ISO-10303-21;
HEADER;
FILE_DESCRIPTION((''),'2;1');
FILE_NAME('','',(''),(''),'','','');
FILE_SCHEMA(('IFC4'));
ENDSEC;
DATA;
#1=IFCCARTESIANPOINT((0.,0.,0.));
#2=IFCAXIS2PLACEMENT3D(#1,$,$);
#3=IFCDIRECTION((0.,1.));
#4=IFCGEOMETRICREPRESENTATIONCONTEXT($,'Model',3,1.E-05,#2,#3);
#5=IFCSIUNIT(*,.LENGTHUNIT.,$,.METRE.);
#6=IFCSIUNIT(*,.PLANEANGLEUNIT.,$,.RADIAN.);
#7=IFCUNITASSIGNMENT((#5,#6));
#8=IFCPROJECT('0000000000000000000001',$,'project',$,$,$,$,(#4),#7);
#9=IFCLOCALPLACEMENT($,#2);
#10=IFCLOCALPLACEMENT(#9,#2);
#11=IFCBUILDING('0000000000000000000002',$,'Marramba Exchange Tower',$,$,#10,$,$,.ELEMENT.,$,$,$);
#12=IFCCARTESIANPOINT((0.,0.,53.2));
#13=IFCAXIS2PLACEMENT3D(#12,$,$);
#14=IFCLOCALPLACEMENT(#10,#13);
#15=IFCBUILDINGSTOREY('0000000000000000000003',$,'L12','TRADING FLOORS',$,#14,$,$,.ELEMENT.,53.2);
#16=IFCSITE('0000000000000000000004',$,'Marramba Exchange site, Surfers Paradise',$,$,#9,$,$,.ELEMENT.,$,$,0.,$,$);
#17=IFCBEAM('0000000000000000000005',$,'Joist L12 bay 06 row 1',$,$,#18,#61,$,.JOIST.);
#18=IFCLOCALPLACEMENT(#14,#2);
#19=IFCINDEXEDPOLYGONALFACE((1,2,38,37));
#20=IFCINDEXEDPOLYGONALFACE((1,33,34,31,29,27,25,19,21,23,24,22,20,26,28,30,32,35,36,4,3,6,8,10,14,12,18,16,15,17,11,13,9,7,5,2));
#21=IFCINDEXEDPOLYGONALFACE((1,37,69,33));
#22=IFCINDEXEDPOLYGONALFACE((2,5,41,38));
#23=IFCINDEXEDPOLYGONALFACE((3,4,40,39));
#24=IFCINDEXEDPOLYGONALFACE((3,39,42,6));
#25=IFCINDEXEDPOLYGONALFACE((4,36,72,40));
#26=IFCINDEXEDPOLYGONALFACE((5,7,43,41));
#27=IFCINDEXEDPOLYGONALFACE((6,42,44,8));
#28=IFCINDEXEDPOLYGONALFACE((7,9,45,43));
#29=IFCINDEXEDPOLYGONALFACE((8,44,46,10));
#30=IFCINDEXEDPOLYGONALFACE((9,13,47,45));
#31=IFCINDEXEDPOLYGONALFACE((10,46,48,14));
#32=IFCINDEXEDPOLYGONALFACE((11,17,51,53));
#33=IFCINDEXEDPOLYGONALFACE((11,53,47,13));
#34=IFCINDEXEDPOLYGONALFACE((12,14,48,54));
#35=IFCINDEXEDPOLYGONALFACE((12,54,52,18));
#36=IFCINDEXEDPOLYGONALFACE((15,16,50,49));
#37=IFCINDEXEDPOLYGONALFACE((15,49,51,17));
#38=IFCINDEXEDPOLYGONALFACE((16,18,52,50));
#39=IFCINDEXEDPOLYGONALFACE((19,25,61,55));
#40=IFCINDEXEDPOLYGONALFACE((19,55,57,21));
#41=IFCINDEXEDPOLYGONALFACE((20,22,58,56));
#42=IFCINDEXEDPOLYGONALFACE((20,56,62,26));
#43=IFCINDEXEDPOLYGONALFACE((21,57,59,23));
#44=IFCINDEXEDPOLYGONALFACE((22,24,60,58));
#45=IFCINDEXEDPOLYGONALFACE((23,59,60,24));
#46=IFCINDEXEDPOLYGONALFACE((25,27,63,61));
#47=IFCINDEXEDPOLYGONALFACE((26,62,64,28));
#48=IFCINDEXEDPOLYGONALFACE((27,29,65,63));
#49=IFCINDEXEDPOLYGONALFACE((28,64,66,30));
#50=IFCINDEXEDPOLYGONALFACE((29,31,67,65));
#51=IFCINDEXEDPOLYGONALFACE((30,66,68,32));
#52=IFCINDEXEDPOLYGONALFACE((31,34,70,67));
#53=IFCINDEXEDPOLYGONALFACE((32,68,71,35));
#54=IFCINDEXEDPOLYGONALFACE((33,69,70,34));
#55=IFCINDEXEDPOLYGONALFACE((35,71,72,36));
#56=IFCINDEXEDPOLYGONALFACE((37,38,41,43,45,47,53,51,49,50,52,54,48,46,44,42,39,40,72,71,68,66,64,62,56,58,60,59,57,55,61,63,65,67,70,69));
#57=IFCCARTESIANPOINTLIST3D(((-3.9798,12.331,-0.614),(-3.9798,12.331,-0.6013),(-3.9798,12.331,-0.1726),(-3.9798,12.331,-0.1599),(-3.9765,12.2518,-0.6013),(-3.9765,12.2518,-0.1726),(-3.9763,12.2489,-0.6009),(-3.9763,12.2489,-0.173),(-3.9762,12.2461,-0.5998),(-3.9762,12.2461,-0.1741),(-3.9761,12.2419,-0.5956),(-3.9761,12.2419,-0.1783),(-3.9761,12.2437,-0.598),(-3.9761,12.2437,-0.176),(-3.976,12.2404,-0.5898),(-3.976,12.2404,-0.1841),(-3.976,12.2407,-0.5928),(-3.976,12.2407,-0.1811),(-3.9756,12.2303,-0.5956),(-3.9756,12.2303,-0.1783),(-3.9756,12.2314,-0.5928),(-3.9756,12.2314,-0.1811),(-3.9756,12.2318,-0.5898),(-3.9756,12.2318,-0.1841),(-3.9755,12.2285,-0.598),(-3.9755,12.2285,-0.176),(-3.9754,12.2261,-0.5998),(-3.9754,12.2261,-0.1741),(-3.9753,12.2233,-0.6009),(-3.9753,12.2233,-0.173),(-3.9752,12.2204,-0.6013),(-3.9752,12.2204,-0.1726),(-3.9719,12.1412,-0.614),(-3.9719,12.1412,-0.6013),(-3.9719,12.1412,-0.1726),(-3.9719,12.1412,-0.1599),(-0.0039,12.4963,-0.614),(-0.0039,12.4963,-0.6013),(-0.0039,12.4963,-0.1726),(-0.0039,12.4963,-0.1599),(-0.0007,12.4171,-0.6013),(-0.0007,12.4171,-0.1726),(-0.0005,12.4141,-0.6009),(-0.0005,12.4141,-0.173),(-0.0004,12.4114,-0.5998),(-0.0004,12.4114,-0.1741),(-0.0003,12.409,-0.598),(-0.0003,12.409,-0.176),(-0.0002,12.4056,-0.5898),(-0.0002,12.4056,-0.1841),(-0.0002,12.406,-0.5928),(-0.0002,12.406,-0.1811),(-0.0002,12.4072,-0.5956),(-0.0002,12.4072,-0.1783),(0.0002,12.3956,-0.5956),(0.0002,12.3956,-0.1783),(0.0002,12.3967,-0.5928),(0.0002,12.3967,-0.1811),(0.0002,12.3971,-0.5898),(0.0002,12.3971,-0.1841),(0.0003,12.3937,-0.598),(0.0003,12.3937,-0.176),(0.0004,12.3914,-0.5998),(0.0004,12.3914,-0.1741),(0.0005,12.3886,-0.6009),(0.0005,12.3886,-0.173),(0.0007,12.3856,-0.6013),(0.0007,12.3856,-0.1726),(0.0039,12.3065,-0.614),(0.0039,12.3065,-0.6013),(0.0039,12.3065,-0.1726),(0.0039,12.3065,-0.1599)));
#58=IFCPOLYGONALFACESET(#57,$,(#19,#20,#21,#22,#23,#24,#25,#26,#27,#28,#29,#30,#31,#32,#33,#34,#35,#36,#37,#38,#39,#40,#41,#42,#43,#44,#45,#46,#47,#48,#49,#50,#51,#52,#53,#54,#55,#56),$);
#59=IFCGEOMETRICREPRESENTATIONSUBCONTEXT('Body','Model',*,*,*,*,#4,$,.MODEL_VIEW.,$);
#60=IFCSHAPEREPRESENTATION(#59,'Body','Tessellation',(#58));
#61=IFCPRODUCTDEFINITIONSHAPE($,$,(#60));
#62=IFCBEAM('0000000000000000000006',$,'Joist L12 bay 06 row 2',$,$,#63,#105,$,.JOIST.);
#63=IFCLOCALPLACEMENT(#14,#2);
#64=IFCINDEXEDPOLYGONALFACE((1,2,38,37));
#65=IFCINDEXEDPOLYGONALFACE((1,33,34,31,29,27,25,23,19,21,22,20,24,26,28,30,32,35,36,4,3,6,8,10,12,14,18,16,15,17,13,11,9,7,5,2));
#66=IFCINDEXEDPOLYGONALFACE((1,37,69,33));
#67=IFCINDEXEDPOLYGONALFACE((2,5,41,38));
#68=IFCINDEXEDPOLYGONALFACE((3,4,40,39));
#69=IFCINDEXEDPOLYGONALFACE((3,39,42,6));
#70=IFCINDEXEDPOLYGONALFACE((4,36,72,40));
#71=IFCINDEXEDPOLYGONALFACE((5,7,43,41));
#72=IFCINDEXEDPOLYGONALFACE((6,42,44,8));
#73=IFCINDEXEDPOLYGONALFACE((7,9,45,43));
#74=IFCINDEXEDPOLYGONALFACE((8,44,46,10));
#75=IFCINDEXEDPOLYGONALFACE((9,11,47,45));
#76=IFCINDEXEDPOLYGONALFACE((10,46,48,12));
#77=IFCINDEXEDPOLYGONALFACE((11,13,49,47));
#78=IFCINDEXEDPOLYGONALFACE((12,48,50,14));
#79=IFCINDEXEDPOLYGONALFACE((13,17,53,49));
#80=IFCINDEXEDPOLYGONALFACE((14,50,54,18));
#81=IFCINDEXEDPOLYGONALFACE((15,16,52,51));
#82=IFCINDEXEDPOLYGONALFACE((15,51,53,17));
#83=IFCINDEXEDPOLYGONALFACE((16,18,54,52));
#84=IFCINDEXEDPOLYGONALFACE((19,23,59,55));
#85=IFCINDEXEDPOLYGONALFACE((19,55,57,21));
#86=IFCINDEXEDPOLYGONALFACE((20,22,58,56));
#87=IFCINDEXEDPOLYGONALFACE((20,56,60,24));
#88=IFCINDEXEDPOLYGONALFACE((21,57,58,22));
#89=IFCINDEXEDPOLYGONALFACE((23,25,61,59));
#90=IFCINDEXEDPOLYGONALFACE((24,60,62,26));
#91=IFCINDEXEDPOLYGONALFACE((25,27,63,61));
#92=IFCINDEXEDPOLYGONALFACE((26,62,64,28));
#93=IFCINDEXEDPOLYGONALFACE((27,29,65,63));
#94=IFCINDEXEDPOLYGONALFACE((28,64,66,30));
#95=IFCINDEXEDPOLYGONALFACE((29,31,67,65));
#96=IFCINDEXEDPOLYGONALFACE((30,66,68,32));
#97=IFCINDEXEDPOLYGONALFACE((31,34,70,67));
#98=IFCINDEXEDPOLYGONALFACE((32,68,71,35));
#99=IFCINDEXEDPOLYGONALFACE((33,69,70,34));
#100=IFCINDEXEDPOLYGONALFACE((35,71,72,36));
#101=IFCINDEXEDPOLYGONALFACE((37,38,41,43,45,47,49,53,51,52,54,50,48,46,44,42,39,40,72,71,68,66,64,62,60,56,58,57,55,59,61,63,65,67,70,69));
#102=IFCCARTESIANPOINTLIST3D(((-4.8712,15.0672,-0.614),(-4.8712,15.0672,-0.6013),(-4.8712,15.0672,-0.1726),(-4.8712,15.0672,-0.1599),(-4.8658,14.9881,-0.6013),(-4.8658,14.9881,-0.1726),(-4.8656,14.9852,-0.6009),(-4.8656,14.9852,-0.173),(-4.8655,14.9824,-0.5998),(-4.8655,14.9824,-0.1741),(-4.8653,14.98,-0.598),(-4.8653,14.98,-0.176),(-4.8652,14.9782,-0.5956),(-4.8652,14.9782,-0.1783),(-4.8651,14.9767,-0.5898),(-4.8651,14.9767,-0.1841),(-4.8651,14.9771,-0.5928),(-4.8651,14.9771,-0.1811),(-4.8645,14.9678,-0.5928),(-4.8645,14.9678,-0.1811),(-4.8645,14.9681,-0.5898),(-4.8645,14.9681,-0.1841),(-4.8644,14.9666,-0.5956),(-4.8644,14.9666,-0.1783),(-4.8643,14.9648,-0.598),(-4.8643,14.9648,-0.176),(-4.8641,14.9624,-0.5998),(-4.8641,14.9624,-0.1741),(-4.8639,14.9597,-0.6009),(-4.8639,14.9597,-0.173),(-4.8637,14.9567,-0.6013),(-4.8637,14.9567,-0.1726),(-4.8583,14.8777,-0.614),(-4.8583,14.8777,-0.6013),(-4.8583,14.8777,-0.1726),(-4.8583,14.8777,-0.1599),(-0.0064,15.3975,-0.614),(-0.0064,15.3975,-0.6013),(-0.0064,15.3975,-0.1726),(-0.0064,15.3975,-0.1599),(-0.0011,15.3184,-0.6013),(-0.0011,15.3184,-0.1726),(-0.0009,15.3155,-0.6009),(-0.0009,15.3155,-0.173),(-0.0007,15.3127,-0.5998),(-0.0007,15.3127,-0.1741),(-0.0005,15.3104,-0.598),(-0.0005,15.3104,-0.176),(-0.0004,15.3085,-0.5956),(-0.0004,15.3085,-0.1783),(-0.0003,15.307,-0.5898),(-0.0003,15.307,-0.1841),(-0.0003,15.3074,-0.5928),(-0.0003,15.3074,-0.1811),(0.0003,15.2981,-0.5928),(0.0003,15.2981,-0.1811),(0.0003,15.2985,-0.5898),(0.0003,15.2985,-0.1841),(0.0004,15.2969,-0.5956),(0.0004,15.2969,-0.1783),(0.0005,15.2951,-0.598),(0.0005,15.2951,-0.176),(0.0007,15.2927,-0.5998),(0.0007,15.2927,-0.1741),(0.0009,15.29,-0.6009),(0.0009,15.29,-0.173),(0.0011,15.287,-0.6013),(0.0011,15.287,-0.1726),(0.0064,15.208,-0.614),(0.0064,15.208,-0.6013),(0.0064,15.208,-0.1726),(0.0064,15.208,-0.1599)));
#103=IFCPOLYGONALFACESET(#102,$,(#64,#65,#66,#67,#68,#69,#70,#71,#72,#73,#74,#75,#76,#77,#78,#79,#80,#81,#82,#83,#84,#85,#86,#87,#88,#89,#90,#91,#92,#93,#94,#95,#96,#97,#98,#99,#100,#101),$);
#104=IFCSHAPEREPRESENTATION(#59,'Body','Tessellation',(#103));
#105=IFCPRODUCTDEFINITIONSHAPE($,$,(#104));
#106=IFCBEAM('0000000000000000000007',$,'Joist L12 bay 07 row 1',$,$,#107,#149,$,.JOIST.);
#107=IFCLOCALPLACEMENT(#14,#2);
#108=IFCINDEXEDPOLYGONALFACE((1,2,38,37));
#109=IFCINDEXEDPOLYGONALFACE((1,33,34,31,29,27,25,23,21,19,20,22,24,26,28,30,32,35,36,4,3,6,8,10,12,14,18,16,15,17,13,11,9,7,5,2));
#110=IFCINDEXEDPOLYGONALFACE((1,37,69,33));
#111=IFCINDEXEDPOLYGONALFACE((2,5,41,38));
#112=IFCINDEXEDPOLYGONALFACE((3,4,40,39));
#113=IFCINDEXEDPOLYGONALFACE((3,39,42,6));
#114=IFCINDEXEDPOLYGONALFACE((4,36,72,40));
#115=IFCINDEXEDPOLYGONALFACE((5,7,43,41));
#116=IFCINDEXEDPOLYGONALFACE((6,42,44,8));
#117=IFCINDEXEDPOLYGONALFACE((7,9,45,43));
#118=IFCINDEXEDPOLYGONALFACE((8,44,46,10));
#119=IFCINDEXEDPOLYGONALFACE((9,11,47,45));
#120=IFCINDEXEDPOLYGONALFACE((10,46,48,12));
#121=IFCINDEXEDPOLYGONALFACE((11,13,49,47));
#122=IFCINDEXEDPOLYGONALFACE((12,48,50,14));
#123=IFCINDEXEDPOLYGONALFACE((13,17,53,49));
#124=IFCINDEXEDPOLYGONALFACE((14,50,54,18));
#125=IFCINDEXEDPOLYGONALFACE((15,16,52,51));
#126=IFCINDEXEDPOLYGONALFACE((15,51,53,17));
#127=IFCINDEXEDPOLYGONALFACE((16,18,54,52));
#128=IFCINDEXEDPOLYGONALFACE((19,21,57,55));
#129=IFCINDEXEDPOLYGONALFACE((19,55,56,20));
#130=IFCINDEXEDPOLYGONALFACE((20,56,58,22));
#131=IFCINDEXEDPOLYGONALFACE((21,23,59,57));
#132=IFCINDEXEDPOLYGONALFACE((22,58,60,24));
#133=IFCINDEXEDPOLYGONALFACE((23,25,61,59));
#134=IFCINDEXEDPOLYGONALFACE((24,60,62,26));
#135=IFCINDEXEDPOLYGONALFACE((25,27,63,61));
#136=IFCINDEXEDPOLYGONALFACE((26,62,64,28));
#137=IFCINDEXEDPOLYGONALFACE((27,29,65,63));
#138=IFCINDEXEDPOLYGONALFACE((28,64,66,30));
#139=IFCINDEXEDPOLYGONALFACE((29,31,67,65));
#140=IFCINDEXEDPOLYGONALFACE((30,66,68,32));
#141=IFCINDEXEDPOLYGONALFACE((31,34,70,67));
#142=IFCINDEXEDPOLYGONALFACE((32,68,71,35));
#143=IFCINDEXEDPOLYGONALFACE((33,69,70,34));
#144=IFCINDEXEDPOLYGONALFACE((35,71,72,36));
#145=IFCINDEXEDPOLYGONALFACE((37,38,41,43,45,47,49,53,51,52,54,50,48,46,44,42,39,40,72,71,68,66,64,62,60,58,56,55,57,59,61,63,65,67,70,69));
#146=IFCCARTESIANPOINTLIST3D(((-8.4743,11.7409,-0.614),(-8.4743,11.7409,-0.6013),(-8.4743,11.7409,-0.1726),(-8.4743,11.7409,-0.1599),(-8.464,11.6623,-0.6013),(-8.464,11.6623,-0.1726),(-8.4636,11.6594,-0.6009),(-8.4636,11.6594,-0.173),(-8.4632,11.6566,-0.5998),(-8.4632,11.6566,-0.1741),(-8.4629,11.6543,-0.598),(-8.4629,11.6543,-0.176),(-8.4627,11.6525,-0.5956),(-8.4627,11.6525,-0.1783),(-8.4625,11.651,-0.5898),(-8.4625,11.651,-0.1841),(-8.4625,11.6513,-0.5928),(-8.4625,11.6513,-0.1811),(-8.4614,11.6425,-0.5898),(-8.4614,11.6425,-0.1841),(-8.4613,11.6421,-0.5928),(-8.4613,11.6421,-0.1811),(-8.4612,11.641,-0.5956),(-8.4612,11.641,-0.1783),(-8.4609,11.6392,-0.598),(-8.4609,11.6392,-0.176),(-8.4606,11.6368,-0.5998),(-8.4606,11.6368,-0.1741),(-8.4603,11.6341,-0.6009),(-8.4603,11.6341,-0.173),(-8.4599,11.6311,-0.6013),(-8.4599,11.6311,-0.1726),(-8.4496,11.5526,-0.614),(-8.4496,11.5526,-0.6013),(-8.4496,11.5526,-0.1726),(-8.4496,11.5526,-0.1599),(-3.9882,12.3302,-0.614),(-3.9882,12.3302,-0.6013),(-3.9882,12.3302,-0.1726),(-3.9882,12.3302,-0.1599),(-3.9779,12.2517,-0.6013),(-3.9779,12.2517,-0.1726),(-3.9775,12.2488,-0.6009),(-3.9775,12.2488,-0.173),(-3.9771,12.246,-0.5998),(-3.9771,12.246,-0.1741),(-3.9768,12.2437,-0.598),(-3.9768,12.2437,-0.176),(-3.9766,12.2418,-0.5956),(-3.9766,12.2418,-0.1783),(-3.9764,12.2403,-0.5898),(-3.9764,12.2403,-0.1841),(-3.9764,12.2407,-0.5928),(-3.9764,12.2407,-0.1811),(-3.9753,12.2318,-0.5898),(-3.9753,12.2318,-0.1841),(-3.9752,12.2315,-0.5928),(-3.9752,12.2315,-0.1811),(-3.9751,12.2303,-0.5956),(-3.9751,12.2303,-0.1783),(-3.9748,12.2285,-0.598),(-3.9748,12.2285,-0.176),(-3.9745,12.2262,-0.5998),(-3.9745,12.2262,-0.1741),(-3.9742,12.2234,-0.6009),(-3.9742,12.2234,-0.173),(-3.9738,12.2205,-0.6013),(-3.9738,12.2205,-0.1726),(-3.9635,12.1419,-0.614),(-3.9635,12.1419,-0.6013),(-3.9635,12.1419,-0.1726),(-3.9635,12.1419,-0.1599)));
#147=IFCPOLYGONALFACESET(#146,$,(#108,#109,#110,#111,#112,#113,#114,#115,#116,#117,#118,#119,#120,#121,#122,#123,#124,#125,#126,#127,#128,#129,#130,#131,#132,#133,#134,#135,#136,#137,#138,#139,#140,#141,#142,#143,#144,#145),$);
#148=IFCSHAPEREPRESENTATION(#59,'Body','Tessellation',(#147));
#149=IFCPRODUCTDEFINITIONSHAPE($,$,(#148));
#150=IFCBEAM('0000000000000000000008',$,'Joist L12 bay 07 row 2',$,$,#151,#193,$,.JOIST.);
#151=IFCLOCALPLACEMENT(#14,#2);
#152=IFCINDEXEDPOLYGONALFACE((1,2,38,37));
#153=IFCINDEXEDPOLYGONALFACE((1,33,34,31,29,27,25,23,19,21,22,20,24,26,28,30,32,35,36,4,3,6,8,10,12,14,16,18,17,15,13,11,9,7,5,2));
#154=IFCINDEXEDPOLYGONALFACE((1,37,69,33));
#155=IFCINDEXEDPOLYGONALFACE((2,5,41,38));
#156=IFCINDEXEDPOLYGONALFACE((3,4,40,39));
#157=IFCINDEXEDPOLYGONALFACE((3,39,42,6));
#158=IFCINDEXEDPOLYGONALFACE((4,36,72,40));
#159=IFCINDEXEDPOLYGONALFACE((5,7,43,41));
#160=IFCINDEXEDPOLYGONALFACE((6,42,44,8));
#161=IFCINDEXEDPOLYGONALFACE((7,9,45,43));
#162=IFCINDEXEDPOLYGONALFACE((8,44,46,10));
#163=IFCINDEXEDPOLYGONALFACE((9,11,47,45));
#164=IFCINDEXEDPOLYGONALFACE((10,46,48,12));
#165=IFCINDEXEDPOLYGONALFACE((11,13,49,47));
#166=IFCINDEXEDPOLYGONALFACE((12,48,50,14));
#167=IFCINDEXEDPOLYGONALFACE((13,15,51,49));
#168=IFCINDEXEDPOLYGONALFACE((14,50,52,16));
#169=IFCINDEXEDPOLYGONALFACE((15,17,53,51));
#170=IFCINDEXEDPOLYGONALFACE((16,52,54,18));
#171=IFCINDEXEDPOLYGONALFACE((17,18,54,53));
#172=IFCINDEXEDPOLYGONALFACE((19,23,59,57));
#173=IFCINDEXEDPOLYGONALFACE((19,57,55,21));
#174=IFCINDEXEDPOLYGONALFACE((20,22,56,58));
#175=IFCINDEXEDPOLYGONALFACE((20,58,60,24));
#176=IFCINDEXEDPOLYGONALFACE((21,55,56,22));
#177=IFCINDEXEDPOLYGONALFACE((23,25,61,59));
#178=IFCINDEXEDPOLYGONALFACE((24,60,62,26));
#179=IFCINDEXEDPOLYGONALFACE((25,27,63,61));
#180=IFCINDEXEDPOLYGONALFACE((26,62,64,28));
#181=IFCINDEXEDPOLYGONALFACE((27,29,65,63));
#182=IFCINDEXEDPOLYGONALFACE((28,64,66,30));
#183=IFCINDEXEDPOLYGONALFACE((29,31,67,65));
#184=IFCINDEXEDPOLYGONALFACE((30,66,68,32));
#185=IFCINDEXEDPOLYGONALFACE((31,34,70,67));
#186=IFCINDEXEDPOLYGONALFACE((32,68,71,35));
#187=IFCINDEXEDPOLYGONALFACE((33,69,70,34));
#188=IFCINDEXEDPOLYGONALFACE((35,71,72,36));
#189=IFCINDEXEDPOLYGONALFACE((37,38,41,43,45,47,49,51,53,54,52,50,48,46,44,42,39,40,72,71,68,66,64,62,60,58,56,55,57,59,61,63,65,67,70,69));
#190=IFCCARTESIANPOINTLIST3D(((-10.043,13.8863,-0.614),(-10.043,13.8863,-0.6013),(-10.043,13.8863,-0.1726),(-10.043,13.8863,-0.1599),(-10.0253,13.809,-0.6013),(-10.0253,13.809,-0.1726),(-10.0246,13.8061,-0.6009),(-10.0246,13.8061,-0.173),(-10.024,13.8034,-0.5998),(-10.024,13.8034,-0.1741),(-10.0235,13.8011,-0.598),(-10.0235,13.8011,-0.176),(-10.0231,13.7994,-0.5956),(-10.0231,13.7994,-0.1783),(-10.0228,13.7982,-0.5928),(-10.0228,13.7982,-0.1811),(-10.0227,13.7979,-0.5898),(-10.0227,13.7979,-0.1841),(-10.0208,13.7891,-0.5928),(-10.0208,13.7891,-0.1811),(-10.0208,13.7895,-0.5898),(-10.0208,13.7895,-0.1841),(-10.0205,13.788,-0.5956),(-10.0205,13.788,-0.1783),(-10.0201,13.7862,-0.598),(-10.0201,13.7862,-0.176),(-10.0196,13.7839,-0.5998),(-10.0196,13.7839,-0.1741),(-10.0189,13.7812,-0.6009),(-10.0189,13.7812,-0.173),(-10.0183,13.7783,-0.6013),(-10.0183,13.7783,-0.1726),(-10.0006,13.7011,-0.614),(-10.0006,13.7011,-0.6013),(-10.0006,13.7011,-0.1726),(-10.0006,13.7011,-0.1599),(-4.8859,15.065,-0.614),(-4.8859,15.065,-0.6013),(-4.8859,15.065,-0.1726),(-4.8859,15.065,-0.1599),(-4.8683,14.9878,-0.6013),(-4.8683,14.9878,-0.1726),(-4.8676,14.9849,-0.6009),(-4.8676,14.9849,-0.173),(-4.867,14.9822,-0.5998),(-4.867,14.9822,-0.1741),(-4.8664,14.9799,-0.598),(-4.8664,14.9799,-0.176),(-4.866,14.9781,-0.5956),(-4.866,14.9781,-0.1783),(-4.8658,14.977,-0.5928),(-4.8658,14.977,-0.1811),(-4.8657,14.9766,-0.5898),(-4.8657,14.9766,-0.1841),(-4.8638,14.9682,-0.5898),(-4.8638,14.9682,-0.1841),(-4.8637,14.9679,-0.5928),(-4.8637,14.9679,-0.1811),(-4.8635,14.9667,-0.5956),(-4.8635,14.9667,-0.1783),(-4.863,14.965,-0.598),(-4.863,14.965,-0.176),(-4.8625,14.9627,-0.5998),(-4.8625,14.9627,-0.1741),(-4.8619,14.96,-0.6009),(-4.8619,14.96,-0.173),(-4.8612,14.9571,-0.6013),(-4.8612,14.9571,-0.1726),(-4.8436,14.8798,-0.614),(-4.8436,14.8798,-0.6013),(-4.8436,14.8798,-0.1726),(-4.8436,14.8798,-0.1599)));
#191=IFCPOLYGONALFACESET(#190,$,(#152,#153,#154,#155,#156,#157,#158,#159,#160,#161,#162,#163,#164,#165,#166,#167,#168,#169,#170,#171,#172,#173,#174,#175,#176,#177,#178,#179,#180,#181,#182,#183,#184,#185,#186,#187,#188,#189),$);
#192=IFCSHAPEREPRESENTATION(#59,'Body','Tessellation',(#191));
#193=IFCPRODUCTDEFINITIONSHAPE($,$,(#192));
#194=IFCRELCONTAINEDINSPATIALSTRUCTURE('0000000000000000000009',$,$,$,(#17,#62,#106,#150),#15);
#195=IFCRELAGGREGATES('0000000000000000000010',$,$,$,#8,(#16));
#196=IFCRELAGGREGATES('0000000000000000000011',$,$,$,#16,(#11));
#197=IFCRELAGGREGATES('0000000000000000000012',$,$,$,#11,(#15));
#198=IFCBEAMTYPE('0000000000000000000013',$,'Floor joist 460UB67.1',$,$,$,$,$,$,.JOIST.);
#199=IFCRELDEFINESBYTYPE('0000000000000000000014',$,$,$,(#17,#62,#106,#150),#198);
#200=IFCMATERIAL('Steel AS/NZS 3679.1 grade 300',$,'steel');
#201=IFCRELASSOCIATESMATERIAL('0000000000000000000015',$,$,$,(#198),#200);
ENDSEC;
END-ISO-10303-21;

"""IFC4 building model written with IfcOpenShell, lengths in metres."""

from ifc_helpers import new_model, si_unit, direction, frame, origin, origin_2d, place, context, subcontext, project, spatial, i_section, extrude, material, material_profile, profile_set, type_object, element, save


model = new_model("IFC4")

# Units and contexts
model_context = context("Model", 3, precision=1e-05, world=origin(), true_north=direction((0.0, 1.0)))
body_context = subcontext(model_context, "Body", "Model", "MODEL_VIEW")
ifc_project = project(units=[si_unit("LENGTHUNIT", "METRE"), si_unit("PLANEANGLEUNIT", "RADIAN")], contexts=[model_context])

# Site, building, storey
site_placement = place(None, origin())
site = spatial("IfcSite", under=ifc_project, at=site_placement, Name="Marramba Exchange site, Surfers Paradise", CompositionType="ELEMENT", RefElevation=0.0)
building_placement = place(site_placement, origin())
building = spatial("IfcBuilding", under=site, at=building_placement, Name="Marramba Exchange Tower", CompositionType="ELEMENT")
storey_placement = place(building_placement, frame((0.0, 0.0, 53.2)))
storey = spatial("IfcBuildingStorey", under=building, at=storey_placement, Name="L12", Description="TRADING FLOORS", CompositionType="ELEMENT", Elevation=53.2)

# Beams
ifc_material_1 = material(Name="Steel AS/NZS 3679.1 grade 300", Category="steel")
ifc_material_profile_1 = material_profile(ifc_material_1, i_section(OverallWidth=0.1899, OverallDepth=0.4541, WebThickness=0.0085, FlangeThickness=0.0127, FilletRadius=0.0115, at=origin_2d()), Name="460UB67.1")
ifc_profile_set_1 = profile_set([ifc_material_profile_1], Name="Steel AS/NZS 3679.1 grade 300")
beam_type_1 = type_object("IfcBeamType", Name="Floor joist 460UB67.1", PredefinedType="JOIST", material=ifc_profile_set_1)
beam_1_placement = place(storey_placement, frame((0.0, 12.4014, -0.387), z_axis=(-0.999137, -0.041536, 0.0), x_axis=(0.041536, -0.999137, 0.0)))
element("IfcBeam", 1, at=beam_1_placement, inside=storey, type_object=beam_type_1, Name="Joist L12 bay 06 row 1", PredefinedType="JOIST", context=body_context, shape_type="SweptSolid", body=[
    extrude(i_section(OverallWidth=0.1899, OverallDepth=0.4541, WebThickness=0.0085, FlangeThickness=0.0127, FilletRadius=0.0115, at=origin_2d()), origin(), (0.0, 0.0, 1.0), 3.9792),
])
beam_2_placement = place(storey_placement, frame((0.0, 15.3027, -0.387), z_axis=(-0.997703, -0.067745, 0.0), x_axis=(0.067745, -0.997703, 0.0)))
element("IfcBeam", 2, at=beam_2_placement, inside=storey, type_object=beam_type_1, Name="Joist L12 bay 06 row 2", PredefinedType="JOIST", context=body_context, shape_type="SweptSolid", body=[
    extrude(i_section(OverallWidth=0.1899, OverallDepth=0.4541, WebThickness=0.0085, FlangeThickness=0.0127, FilletRadius=0.0115, at=origin_2d()), origin(), (0.0, 0.0, 1.0), 4.876),
])
beam_3_placement = place(storey_placement, frame((-3.9758, 12.2361, -0.387), z_axis=(-0.991481, -0.130255, 0.0), x_axis=(0.130255, -0.991481, 0.0)))
element("IfcBeam", 3, at=beam_3_placement, inside=storey, type_object=beam_type_1, Name="Joist L12 bay 07 row 1", PredefinedType="JOIST", context=body_context, shape_type="SweptSolid", body=[
    extrude(i_section(OverallWidth=0.1899, OverallDepth=0.4541, WebThickness=0.0085, FlangeThickness=0.0127, FilletRadius=0.0115, at=origin_2d()), origin(), (0.0, 0.0, 1.0), 4.5247),
])
beam_4_placement = place(storey_placement, frame((-4.8647, 14.9724, -0.387), z_axis=(-0.97486, -0.22282, 0.0), x_axis=(0.22282, -0.97486, 0.0)))
element("IfcBeam", 4, at=beam_4_placement, inside=storey, type_object=beam_type_1, Name="Joist L12 bay 07 row 2", PredefinedType="JOIST", context=body_context, shape_type="SweptSolid", body=[
    extrude(i_section(OverallWidth=0.1899, OverallDepth=0.4541, WebThickness=0.0085, FlangeThickness=0.0127, FilletRadius=0.0115, at=origin_2d()), origin(), (0.0, 0.0, 1.0), 5.29),
])

save(model, "model.ifc")
